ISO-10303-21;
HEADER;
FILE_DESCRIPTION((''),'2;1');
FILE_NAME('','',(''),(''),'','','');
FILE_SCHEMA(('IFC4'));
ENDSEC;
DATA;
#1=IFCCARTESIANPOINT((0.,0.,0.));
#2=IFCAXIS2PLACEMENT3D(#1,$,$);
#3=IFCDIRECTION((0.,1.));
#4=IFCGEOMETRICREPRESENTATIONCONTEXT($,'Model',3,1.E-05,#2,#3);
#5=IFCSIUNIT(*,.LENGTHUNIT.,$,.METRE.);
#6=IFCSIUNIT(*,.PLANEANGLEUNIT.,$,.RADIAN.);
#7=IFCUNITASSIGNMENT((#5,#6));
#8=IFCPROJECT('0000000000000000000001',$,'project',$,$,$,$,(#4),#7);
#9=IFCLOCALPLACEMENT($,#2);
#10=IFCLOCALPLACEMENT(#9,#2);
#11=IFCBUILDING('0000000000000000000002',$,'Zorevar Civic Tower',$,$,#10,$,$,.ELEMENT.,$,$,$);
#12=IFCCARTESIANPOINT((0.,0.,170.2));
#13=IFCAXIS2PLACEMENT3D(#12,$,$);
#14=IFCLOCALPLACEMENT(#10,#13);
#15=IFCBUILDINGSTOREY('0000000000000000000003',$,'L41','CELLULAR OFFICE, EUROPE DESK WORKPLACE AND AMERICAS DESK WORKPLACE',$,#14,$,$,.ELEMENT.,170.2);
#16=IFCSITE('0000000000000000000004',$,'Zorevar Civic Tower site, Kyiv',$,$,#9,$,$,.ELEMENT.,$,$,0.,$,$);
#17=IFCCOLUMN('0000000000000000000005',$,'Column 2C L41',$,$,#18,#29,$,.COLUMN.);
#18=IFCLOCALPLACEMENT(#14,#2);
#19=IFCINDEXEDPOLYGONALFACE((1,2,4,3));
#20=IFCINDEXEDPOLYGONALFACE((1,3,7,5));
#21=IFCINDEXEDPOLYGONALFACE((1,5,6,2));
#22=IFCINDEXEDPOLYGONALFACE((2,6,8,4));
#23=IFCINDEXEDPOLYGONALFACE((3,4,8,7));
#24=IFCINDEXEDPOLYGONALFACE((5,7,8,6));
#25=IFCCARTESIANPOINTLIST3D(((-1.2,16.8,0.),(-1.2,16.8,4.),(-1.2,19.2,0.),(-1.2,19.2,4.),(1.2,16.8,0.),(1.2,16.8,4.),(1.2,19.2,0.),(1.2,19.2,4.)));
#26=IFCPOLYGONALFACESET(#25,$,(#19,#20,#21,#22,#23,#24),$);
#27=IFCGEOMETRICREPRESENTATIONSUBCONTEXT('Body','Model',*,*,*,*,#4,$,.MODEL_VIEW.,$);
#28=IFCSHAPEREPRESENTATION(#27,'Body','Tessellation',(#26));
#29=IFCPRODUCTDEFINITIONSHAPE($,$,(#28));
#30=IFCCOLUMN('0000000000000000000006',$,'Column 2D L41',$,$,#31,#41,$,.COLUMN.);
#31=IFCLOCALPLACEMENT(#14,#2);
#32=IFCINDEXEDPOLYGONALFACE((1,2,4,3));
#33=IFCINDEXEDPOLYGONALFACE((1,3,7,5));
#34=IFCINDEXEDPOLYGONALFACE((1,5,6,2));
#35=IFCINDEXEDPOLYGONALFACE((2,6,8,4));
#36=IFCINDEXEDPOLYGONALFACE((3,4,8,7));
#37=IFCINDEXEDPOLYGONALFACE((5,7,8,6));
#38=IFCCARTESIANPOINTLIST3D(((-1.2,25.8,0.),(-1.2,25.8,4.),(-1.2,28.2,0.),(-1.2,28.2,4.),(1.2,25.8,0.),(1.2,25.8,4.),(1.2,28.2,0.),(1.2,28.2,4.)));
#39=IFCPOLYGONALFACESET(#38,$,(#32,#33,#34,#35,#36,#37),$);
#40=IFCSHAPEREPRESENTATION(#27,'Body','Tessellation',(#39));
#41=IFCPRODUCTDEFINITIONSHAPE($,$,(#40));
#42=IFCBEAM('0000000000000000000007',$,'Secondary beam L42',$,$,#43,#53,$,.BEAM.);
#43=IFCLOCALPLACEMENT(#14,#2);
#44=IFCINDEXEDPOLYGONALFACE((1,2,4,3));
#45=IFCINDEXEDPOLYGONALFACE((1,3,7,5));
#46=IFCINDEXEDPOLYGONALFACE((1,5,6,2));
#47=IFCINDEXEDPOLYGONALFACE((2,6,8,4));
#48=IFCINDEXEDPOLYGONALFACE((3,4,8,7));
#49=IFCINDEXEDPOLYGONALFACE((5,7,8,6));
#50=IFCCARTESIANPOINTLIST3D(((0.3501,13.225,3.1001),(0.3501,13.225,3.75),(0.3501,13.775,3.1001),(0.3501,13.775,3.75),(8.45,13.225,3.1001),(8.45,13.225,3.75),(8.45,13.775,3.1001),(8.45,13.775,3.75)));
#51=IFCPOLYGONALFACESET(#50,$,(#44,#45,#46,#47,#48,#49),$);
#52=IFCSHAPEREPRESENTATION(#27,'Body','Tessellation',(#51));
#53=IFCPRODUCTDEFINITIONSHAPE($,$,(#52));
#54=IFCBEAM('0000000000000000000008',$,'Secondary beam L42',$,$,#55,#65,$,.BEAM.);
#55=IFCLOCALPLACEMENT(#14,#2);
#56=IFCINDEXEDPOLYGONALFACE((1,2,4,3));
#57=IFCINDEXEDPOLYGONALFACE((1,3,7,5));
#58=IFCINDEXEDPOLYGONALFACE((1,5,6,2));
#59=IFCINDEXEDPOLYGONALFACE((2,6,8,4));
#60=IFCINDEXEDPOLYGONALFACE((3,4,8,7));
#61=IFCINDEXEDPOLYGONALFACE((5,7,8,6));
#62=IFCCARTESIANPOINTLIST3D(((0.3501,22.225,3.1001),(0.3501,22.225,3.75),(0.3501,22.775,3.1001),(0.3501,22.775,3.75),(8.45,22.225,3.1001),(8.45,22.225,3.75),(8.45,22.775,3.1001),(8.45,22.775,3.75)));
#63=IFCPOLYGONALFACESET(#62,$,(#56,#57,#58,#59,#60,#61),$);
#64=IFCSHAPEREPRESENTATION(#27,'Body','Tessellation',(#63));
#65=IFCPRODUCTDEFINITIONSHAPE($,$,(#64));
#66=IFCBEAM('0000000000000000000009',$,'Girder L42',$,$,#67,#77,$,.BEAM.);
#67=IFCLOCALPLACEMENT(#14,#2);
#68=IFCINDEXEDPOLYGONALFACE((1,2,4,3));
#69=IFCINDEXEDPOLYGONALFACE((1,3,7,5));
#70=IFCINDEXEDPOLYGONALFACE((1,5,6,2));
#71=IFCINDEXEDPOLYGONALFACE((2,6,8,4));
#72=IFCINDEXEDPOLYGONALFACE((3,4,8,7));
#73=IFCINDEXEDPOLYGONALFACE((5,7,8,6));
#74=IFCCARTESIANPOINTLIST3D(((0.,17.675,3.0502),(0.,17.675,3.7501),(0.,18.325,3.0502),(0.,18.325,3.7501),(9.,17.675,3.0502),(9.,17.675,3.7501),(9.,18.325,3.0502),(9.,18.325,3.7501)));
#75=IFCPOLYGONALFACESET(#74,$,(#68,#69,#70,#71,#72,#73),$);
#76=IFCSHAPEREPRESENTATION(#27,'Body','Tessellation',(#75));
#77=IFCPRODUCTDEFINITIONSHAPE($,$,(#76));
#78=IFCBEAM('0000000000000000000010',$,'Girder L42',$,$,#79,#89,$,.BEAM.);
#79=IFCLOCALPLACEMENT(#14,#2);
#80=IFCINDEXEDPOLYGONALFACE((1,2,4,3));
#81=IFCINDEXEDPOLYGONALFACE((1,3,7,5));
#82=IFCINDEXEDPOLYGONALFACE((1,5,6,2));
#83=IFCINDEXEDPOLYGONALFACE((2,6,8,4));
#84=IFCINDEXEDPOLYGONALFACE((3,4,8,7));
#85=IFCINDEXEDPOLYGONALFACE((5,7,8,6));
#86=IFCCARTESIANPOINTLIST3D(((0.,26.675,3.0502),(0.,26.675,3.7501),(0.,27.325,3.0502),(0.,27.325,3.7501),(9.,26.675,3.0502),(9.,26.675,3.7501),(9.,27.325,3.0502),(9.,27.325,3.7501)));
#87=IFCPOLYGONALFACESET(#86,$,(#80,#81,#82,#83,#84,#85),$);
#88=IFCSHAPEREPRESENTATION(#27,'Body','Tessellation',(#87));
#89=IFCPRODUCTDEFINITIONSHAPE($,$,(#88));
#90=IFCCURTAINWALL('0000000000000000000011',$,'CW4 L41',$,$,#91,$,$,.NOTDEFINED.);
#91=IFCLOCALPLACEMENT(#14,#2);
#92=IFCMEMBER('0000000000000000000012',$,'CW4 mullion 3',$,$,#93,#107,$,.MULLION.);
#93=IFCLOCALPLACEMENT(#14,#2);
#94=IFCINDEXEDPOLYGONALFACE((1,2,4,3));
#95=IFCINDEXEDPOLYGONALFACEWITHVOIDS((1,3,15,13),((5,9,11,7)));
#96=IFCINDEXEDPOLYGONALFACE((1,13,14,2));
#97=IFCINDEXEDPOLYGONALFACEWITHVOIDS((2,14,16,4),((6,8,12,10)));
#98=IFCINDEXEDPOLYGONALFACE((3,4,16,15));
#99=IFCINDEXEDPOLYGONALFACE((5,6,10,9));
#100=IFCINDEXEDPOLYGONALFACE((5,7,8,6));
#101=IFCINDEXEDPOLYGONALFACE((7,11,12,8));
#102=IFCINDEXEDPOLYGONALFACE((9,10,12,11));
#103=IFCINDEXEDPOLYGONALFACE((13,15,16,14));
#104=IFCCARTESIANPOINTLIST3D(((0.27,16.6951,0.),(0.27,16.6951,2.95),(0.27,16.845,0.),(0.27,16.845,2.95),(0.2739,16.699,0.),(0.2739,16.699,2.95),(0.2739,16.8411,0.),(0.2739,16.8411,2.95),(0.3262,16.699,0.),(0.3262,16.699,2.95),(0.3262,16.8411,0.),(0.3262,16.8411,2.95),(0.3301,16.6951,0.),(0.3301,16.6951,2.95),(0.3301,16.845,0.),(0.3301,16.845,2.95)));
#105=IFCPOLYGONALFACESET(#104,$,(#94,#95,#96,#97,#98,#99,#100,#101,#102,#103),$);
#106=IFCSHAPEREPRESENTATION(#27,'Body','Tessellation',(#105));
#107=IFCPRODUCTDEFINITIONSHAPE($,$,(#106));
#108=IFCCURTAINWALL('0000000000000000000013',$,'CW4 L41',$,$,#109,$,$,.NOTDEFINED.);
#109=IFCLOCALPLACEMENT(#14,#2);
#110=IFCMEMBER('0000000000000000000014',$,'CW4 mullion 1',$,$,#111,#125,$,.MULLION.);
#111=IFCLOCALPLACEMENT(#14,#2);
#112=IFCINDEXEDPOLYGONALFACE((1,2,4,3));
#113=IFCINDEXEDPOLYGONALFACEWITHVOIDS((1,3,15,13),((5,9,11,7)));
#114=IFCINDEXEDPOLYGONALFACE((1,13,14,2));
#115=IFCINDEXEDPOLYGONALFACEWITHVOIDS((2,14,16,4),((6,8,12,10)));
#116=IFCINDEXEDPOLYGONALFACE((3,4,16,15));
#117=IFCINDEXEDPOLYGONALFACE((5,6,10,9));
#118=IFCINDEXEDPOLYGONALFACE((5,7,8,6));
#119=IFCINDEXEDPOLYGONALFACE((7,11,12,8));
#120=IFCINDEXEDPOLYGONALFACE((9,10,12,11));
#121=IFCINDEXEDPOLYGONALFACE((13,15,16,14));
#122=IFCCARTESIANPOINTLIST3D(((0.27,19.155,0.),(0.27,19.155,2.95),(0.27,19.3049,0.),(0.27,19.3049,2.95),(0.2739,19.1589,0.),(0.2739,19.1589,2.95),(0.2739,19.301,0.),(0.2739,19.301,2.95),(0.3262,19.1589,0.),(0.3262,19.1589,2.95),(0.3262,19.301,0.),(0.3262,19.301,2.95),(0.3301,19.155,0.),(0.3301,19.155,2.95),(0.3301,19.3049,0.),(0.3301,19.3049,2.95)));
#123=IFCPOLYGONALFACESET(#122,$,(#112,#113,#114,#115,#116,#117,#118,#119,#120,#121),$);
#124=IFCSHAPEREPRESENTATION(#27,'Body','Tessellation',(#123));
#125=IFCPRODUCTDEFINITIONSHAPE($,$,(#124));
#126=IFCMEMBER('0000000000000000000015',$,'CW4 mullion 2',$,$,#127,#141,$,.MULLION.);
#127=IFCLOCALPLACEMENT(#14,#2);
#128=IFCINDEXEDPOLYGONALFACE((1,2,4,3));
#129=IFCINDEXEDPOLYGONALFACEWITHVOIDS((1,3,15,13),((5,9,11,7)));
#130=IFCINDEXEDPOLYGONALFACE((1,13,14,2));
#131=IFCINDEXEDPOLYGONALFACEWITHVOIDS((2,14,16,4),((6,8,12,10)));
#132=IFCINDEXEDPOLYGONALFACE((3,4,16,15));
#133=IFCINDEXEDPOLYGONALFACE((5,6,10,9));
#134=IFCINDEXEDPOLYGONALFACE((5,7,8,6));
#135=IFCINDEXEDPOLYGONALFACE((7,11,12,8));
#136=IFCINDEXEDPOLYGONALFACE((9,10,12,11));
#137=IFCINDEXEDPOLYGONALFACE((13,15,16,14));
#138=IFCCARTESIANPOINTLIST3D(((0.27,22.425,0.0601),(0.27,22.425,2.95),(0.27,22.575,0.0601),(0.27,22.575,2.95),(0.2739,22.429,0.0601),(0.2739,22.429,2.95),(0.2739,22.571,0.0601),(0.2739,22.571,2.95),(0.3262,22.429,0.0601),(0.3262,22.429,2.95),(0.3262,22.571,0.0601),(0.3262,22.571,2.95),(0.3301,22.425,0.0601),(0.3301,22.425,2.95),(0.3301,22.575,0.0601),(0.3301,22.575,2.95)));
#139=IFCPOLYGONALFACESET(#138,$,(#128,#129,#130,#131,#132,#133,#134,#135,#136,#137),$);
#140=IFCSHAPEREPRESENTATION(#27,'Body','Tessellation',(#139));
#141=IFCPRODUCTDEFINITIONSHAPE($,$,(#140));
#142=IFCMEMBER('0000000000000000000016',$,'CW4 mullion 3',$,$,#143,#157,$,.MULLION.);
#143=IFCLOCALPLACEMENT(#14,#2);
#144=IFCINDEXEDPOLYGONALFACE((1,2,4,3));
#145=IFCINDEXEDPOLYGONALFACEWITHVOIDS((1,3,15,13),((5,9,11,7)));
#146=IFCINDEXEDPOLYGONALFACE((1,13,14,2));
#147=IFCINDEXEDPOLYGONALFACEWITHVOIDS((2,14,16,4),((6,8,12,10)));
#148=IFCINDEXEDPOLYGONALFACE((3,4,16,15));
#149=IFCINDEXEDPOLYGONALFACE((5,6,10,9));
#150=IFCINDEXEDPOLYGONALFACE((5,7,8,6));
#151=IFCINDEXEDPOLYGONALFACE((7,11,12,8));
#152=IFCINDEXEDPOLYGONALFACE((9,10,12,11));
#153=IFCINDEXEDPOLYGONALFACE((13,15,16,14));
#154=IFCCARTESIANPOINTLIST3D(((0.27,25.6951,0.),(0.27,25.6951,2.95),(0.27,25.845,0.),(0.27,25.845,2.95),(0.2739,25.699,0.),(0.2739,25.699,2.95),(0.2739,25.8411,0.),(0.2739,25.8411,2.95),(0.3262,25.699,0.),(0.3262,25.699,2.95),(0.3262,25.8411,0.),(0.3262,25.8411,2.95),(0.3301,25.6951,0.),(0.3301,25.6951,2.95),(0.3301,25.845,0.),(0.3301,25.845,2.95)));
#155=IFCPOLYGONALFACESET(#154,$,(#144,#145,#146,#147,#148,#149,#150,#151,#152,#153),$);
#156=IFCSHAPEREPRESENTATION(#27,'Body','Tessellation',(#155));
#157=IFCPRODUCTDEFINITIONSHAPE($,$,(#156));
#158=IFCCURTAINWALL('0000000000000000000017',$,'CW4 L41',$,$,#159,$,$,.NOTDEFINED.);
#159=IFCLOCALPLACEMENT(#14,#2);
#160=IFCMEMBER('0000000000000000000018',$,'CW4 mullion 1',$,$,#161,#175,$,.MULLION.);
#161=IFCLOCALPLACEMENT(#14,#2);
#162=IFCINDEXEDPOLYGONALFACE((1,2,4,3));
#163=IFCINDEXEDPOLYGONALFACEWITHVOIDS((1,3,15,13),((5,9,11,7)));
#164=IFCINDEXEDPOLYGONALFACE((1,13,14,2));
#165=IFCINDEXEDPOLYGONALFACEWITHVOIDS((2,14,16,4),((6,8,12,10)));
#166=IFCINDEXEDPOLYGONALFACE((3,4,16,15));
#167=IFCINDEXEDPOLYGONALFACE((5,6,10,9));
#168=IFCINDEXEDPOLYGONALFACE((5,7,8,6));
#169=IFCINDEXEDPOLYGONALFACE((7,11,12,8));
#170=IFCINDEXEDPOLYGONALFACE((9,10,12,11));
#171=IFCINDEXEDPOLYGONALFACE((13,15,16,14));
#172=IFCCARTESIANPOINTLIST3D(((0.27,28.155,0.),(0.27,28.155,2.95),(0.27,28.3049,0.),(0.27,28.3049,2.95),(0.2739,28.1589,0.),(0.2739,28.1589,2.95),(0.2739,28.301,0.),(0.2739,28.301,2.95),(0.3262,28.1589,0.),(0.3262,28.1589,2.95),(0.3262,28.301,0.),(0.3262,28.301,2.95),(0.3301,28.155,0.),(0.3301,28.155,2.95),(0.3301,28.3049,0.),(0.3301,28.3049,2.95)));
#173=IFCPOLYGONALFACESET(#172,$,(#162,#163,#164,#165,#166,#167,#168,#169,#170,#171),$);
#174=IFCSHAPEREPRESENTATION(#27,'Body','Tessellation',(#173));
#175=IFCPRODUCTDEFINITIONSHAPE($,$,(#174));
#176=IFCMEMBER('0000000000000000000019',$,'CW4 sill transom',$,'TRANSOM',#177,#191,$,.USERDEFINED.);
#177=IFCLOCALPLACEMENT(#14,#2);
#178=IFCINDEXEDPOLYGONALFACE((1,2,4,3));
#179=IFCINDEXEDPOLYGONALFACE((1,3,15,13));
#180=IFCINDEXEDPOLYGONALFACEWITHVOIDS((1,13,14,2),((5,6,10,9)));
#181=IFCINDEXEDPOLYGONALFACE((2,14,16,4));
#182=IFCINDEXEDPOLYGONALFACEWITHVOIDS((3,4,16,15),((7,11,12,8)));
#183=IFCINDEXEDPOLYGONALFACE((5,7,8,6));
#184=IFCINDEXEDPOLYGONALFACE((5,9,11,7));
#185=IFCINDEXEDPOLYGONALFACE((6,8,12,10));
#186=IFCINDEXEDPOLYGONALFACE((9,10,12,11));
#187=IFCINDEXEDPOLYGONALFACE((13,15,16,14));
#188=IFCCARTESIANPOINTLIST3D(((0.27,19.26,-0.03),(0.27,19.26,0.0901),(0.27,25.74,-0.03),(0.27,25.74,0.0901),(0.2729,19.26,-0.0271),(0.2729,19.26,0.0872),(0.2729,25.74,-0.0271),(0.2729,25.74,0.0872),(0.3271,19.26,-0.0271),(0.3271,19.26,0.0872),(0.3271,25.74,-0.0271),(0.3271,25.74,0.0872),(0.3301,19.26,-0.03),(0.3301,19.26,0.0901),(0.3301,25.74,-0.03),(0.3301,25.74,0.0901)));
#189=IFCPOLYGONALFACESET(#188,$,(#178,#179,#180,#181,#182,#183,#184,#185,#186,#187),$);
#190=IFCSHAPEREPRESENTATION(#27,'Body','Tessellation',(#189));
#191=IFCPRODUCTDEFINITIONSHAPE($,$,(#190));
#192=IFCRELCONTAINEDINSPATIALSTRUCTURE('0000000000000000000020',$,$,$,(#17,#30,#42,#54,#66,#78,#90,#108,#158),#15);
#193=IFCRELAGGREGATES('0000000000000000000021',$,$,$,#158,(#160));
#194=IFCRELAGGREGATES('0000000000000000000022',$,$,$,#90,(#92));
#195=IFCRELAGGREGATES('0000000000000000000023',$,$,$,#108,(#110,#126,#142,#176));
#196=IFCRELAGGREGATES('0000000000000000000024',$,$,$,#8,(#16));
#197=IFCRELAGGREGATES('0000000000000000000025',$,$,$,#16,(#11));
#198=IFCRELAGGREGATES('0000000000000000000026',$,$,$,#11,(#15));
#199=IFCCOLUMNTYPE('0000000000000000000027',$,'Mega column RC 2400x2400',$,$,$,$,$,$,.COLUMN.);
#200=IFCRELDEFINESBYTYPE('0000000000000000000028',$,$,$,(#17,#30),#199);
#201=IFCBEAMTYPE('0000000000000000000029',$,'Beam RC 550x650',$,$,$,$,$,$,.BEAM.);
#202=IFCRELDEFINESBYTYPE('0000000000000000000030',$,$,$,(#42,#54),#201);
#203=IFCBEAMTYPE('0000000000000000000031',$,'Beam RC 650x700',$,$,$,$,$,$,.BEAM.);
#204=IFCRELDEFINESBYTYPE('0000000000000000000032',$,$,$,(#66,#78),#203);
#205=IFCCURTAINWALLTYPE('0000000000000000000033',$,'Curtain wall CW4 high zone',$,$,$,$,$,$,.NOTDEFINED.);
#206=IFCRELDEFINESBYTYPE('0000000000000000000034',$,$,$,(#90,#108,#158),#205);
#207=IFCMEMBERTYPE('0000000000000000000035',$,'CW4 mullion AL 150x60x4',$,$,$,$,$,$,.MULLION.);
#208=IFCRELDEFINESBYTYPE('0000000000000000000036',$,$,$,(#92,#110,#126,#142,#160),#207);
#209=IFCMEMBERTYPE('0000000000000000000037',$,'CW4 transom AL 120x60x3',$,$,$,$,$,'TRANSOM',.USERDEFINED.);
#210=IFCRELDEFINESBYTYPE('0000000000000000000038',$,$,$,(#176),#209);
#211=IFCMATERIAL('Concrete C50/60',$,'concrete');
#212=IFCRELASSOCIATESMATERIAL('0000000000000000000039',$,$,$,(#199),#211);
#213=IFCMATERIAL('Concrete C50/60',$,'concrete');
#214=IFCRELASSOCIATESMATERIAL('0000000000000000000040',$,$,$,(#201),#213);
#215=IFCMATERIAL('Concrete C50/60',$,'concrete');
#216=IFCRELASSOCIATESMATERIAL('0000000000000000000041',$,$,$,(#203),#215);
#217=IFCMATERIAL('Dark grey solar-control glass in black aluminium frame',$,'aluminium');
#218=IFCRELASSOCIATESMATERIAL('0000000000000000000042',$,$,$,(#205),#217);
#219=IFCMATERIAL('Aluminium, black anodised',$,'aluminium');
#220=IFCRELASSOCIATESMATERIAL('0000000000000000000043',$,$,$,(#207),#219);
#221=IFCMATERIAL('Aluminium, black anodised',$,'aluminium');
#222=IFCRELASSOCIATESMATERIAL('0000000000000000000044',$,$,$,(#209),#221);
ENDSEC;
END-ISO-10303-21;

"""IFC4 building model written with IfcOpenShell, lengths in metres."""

from ifc_helpers import new_model, si_unit, direction, frame, origin, origin_2d, place, context, subcontext, project, spatial, rectangle, hollow_rectangle, extrude, material, material_profile, profile_set, type_object, element, aggregate, save


model = new_model("IFC4")

# Units and contexts
model_context = context("Model", 3, precision=1e-05, world=origin(), true_north=direction((0.0, 1.0)))
body_context = subcontext(model_context, "Body", "Model", "MODEL_VIEW")
ifc_project = project(units=[si_unit("LENGTHUNIT", "METRE"), si_unit("PLANEANGLEUNIT", "RADIAN")], contexts=[model_context])

# Site, building, storey
site_placement = place(None, origin())
site = spatial("IfcSite", under=ifc_project, at=site_placement, Name="Zorevar Civic Tower site, Kyiv", CompositionType="ELEMENT", RefElevation=0.0)
building_placement = place(site_placement, origin())
building = spatial("IfcBuilding", under=site, at=building_placement, Name="Zorevar Civic Tower", CompositionType="ELEMENT")
storey_placement = place(building_placement, frame((0.0, 0.0, 170.2)))
storey = spatial("IfcBuildingStorey", under=building, at=storey_placement, Name="L41", Description="CELLULAR OFFICE, EUROPE DESK WORKPLACE AND AMERICAS DESK WORKPLACE", CompositionType="ELEMENT", Elevation=170.2)

# Columns
ifc_material_1 = material(Name="Concrete C50/60", Category="concrete")
ifc_material_profile_1 = material_profile(ifc_material_1, rectangle(XDim=2.3999, YDim=2.3999, at=origin_2d()), Name="RC 2400x2400")
ifc_profile_set_1 = profile_set([ifc_material_profile_1], Name="Concrete C50/60")
column_type = type_object("IfcColumnType", Name="Mega column RC 2400x2400", PredefinedType="COLUMN", material=ifc_profile_set_1)
for number, where, z_axis, x_axis, name in (
    (1, (0.0, 18.0, 0.0), (0.0, 0.0, 1.0), (1.0, 0.0, 0.0), "Column 2C L41"),
    (2, (0.0, 27.0, 0.0), (0.0, 0.0, 1.0), (1.0, 0.0, 0.0), "Column 2D L41"),
):
    element("IfcColumn", number, at=place(storey_placement, frame(where, z_axis=z_axis, x_axis=x_axis)), inside=storey, type_object=column_type, Name=name, PredefinedType="COLUMN", context=body_context, shape_type="SweptSolid", body=[
        extrude(rectangle(XDim=2.3999, YDim=2.3999, at=origin_2d()), origin(), (0.0, 0.0, 1.0), 4.0),
    ])

# Beams
ifc_material_2 = material(Name="Concrete C50/60", Category="concrete")
ifc_material_profile_2 = material_profile(ifc_material_2, rectangle(XDim=0.55, YDim=0.6499, at=origin_2d()), Name="RC 550x650")
ifc_profile_set_2 = profile_set([ifc_material_profile_2], Name="Concrete C50/60")
beam_type_1 = type_object("IfcBeamType", Name="Beam RC 550x650", PredefinedType="BEAM", material=ifc_profile_set_2)
for number, where, z_axis, x_axis, name in (
    (3, (0.3501, 13.5, 3.425), (1.0, 0.0, 0.0), (0.0, 1.0, 0.0), "Secondary beam L42"),
    (4, (0.3501, 22.5, 3.425), (1.0, 0.0, 0.0), (0.0, 1.0, 0.0), "Secondary beam L42"),
):
    element("IfcBeam", number, at=place(storey_placement, frame(where, z_axis=z_axis, x_axis=x_axis)), inside=storey, type_object=beam_type_1, Name=name, PredefinedType="BEAM", context=body_context, shape_type="SweptSolid", body=[
        extrude(rectangle(XDim=0.55, YDim=0.6499, at=origin_2d()), origin(), (0.0, 0.0, 1.0), 8.0999),
    ])
ifc_material_3 = material(Name="Concrete C50/60", Category="concrete")
ifc_material_profile_3 = material_profile(ifc_material_3, rectangle(XDim=0.6499, YDim=0.7, at=origin_2d()), Name="RC 650x700")
ifc_profile_set_3 = profile_set([ifc_material_profile_3], Name="Concrete C50/60")
beam_type_2 = type_object("IfcBeamType", Name="Beam RC 650x700", PredefinedType="BEAM", material=ifc_profile_set_3)
for number, where, z_axis, x_axis, name in (
    (5, (0.0, 18.0, 3.4001), (1.0, 0.0, 0.0), (0.0, 1.0, 0.0), "Girder L42"),
    (6, (0.0, 27.0, 3.4001), (1.0, 0.0, 0.0), (0.0, 1.0, 0.0), "Girder L42"),
):
    element("IfcBeam", number, at=place(storey_placement, frame(where, z_axis=z_axis, x_axis=x_axis)), inside=storey, type_object=beam_type_2, Name=name, PredefinedType="BEAM", context=body_context, shape_type="SweptSolid", body=[
        extrude(rectangle(XDim=0.6499, YDim=0.7, at=origin_2d()), origin(), (0.0, 0.0, 1.0), 9.0),
    ])

# Curtain wall, member
ifc_material_4 = material(Name="Dark grey solar-control glass in black aluminium frame", Category="aluminium")
curtain_wall_type = type_object("IfcCurtainWallType", Name="Curtain wall CW4 high zone", PredefinedType="NOTDEFINED", material=ifc_material_4)
curtain_wall_1_placement = place(storey_placement, origin())
curtain_wall_1 = element("IfcCurtainWall", 7, at=curtain_wall_1_placement, inside=storey, type_object=curtain_wall_type, Name="CW4 L41", PredefinedType="NOTDEFINED")
ifc_material_5 = material(Name="Aluminium, black anodised", Category="aluminium")
ifc_material_profile_4 = material_profile(ifc_material_5, hollow_rectangle(XDim=0.0601, YDim=0.1499, WallThickness=0.0039, at=origin_2d()), Name="AL 150x60x4")
ifc_profile_set_4 = profile_set([ifc_material_profile_4], Name="Aluminium, black anodised")
member_type_1 = type_object("IfcMemberType", Name="CW4 mullion AL 150x60x4", PredefinedType="MULLION", material=ifc_profile_set_4)
member_1_placement = place(storey_placement, frame((0.3, 16.77, 0.0), z_axis=(0.0, 0.0, 1.0), x_axis=(-1.0, 0.0, 0.0)))
member_1 = element("IfcMember", 8, at=member_1_placement, type_object=member_type_1, Name="CW4 mullion 3", PredefinedType="MULLION", context=body_context, shape_type="SweptSolid", body=[
    extrude(hollow_rectangle(XDim=0.0601, YDim=0.1499, WallThickness=0.0039, at=origin_2d()), origin(), (0.0, 0.0, 1.0), 2.95),
])

# Curtain wall, members
curtain_wall_2_placement = place(storey_placement, origin())
curtain_wall_2 = element("IfcCurtainWall", 9, at=curtain_wall_2_placement, inside=storey, type_object=curtain_wall_type, Name="CW4 L41", PredefinedType="NOTDEFINED")
member_2_placement = place(storey_placement, frame((0.3, 19.23, 0.0), z_axis=(0.0, 0.0, 1.0), x_axis=(-1.0, 0.0, 0.0)))
member_2 = element("IfcMember", 10, at=member_2_placement, type_object=member_type_1, Name="CW4 mullion 1", PredefinedType="MULLION", context=body_context, shape_type="SweptSolid", body=[
    extrude(hollow_rectangle(XDim=0.0601, YDim=0.1499, WallThickness=0.0039, at=origin_2d()), origin(), (0.0, 0.0, 1.0), 2.95),
])
member_3_placement = place(storey_placement, frame((0.3, 22.5, 0.0601), z_axis=(0.0, 0.0, 1.0), x_axis=(-1.0, 0.0, 0.0)))
member_3 = element("IfcMember", 11, at=member_3_placement, type_object=member_type_1, Name="CW4 mullion 2", PredefinedType="MULLION", context=body_context, shape_type="SweptSolid", body=[
    extrude(hollow_rectangle(XDim=0.0601, YDim=0.1499, WallThickness=0.0039, at=origin_2d()), origin(), (0.0, 0.0, 1.0), 2.8899),
])
member_4_placement = place(storey_placement, frame((0.3, 25.77, 0.0), z_axis=(0.0, 0.0, 1.0), x_axis=(-1.0, 0.0, 0.0)))
member_4 = element("IfcMember", 12, at=member_4_placement, type_object=member_type_1, Name="CW4 mullion 3", PredefinedType="MULLION", context=body_context, shape_type="SweptSolid", body=[
    extrude(hollow_rectangle(XDim=0.0601, YDim=0.1499, WallThickness=0.0039, at=origin_2d()), origin(), (0.0, 0.0, 1.0), 2.95),
])

# Curtain wall, member
curtain_wall_3_placement = place(storey_placement, origin())
curtain_wall_3 = element("IfcCurtainWall", 13, at=curtain_wall_3_placement, inside=storey, type_object=curtain_wall_type, Name="CW4 L41", PredefinedType="NOTDEFINED")
member_5_placement = place(storey_placement, frame((0.3, 28.23, 0.0), z_axis=(0.0, 0.0, 1.0), x_axis=(-1.0, 0.0, 0.0)))
member_5 = element("IfcMember", 14, at=member_5_placement, type_object=member_type_1, Name="CW4 mullion 1", PredefinedType="MULLION", context=body_context, shape_type="SweptSolid", body=[
    extrude(hollow_rectangle(XDim=0.0601, YDim=0.1499, WallThickness=0.0039, at=origin_2d()), origin(), (0.0, 0.0, 1.0), 2.95),
])

# Member
ifc_material_6 = material(Name="Aluminium, black anodised", Category="aluminium")
ifc_material_profile_5 = material_profile(ifc_material_6, hollow_rectangle(XDim=0.0601, YDim=0.1201, WallThickness=0.0029, at=origin_2d()), Name="AL 120x60x3")
ifc_profile_set_5 = profile_set([ifc_material_profile_5], Name="Aluminium, black anodised")
member_type_2 = type_object("IfcMemberType", Name="CW4 transom AL 120x60x3", ElementType="TRANSOM", PredefinedType="USERDEFINED", material=ifc_profile_set_5)
member_6_placement = place(storey_placement, frame((0.3, 19.26, 0.03), z_axis=(0.0, 1.0, 0.0), x_axis=(-1.0, 0.0, 0.0)))
member_6 = element("IfcMember", 15, at=member_6_placement, type_object=member_type_2, Name="CW4 sill transom", ObjectType="TRANSOM", PredefinedType="USERDEFINED", context=body_context, shape_type="SweptSolid", body=[
    extrude(hollow_rectangle(XDim=0.0601, YDim=0.1201, WallThickness=0.0029, at=origin_2d()), origin(), (0.0, 0.0, 1.0), 6.48),
])
aggregate(curtain_wall_3, [member_5])

aggregate(curtain_wall_1, [member_1])
aggregate(curtain_wall_2, [member_2, member_3, member_4, member_6])

save(model, "model.ifc")
